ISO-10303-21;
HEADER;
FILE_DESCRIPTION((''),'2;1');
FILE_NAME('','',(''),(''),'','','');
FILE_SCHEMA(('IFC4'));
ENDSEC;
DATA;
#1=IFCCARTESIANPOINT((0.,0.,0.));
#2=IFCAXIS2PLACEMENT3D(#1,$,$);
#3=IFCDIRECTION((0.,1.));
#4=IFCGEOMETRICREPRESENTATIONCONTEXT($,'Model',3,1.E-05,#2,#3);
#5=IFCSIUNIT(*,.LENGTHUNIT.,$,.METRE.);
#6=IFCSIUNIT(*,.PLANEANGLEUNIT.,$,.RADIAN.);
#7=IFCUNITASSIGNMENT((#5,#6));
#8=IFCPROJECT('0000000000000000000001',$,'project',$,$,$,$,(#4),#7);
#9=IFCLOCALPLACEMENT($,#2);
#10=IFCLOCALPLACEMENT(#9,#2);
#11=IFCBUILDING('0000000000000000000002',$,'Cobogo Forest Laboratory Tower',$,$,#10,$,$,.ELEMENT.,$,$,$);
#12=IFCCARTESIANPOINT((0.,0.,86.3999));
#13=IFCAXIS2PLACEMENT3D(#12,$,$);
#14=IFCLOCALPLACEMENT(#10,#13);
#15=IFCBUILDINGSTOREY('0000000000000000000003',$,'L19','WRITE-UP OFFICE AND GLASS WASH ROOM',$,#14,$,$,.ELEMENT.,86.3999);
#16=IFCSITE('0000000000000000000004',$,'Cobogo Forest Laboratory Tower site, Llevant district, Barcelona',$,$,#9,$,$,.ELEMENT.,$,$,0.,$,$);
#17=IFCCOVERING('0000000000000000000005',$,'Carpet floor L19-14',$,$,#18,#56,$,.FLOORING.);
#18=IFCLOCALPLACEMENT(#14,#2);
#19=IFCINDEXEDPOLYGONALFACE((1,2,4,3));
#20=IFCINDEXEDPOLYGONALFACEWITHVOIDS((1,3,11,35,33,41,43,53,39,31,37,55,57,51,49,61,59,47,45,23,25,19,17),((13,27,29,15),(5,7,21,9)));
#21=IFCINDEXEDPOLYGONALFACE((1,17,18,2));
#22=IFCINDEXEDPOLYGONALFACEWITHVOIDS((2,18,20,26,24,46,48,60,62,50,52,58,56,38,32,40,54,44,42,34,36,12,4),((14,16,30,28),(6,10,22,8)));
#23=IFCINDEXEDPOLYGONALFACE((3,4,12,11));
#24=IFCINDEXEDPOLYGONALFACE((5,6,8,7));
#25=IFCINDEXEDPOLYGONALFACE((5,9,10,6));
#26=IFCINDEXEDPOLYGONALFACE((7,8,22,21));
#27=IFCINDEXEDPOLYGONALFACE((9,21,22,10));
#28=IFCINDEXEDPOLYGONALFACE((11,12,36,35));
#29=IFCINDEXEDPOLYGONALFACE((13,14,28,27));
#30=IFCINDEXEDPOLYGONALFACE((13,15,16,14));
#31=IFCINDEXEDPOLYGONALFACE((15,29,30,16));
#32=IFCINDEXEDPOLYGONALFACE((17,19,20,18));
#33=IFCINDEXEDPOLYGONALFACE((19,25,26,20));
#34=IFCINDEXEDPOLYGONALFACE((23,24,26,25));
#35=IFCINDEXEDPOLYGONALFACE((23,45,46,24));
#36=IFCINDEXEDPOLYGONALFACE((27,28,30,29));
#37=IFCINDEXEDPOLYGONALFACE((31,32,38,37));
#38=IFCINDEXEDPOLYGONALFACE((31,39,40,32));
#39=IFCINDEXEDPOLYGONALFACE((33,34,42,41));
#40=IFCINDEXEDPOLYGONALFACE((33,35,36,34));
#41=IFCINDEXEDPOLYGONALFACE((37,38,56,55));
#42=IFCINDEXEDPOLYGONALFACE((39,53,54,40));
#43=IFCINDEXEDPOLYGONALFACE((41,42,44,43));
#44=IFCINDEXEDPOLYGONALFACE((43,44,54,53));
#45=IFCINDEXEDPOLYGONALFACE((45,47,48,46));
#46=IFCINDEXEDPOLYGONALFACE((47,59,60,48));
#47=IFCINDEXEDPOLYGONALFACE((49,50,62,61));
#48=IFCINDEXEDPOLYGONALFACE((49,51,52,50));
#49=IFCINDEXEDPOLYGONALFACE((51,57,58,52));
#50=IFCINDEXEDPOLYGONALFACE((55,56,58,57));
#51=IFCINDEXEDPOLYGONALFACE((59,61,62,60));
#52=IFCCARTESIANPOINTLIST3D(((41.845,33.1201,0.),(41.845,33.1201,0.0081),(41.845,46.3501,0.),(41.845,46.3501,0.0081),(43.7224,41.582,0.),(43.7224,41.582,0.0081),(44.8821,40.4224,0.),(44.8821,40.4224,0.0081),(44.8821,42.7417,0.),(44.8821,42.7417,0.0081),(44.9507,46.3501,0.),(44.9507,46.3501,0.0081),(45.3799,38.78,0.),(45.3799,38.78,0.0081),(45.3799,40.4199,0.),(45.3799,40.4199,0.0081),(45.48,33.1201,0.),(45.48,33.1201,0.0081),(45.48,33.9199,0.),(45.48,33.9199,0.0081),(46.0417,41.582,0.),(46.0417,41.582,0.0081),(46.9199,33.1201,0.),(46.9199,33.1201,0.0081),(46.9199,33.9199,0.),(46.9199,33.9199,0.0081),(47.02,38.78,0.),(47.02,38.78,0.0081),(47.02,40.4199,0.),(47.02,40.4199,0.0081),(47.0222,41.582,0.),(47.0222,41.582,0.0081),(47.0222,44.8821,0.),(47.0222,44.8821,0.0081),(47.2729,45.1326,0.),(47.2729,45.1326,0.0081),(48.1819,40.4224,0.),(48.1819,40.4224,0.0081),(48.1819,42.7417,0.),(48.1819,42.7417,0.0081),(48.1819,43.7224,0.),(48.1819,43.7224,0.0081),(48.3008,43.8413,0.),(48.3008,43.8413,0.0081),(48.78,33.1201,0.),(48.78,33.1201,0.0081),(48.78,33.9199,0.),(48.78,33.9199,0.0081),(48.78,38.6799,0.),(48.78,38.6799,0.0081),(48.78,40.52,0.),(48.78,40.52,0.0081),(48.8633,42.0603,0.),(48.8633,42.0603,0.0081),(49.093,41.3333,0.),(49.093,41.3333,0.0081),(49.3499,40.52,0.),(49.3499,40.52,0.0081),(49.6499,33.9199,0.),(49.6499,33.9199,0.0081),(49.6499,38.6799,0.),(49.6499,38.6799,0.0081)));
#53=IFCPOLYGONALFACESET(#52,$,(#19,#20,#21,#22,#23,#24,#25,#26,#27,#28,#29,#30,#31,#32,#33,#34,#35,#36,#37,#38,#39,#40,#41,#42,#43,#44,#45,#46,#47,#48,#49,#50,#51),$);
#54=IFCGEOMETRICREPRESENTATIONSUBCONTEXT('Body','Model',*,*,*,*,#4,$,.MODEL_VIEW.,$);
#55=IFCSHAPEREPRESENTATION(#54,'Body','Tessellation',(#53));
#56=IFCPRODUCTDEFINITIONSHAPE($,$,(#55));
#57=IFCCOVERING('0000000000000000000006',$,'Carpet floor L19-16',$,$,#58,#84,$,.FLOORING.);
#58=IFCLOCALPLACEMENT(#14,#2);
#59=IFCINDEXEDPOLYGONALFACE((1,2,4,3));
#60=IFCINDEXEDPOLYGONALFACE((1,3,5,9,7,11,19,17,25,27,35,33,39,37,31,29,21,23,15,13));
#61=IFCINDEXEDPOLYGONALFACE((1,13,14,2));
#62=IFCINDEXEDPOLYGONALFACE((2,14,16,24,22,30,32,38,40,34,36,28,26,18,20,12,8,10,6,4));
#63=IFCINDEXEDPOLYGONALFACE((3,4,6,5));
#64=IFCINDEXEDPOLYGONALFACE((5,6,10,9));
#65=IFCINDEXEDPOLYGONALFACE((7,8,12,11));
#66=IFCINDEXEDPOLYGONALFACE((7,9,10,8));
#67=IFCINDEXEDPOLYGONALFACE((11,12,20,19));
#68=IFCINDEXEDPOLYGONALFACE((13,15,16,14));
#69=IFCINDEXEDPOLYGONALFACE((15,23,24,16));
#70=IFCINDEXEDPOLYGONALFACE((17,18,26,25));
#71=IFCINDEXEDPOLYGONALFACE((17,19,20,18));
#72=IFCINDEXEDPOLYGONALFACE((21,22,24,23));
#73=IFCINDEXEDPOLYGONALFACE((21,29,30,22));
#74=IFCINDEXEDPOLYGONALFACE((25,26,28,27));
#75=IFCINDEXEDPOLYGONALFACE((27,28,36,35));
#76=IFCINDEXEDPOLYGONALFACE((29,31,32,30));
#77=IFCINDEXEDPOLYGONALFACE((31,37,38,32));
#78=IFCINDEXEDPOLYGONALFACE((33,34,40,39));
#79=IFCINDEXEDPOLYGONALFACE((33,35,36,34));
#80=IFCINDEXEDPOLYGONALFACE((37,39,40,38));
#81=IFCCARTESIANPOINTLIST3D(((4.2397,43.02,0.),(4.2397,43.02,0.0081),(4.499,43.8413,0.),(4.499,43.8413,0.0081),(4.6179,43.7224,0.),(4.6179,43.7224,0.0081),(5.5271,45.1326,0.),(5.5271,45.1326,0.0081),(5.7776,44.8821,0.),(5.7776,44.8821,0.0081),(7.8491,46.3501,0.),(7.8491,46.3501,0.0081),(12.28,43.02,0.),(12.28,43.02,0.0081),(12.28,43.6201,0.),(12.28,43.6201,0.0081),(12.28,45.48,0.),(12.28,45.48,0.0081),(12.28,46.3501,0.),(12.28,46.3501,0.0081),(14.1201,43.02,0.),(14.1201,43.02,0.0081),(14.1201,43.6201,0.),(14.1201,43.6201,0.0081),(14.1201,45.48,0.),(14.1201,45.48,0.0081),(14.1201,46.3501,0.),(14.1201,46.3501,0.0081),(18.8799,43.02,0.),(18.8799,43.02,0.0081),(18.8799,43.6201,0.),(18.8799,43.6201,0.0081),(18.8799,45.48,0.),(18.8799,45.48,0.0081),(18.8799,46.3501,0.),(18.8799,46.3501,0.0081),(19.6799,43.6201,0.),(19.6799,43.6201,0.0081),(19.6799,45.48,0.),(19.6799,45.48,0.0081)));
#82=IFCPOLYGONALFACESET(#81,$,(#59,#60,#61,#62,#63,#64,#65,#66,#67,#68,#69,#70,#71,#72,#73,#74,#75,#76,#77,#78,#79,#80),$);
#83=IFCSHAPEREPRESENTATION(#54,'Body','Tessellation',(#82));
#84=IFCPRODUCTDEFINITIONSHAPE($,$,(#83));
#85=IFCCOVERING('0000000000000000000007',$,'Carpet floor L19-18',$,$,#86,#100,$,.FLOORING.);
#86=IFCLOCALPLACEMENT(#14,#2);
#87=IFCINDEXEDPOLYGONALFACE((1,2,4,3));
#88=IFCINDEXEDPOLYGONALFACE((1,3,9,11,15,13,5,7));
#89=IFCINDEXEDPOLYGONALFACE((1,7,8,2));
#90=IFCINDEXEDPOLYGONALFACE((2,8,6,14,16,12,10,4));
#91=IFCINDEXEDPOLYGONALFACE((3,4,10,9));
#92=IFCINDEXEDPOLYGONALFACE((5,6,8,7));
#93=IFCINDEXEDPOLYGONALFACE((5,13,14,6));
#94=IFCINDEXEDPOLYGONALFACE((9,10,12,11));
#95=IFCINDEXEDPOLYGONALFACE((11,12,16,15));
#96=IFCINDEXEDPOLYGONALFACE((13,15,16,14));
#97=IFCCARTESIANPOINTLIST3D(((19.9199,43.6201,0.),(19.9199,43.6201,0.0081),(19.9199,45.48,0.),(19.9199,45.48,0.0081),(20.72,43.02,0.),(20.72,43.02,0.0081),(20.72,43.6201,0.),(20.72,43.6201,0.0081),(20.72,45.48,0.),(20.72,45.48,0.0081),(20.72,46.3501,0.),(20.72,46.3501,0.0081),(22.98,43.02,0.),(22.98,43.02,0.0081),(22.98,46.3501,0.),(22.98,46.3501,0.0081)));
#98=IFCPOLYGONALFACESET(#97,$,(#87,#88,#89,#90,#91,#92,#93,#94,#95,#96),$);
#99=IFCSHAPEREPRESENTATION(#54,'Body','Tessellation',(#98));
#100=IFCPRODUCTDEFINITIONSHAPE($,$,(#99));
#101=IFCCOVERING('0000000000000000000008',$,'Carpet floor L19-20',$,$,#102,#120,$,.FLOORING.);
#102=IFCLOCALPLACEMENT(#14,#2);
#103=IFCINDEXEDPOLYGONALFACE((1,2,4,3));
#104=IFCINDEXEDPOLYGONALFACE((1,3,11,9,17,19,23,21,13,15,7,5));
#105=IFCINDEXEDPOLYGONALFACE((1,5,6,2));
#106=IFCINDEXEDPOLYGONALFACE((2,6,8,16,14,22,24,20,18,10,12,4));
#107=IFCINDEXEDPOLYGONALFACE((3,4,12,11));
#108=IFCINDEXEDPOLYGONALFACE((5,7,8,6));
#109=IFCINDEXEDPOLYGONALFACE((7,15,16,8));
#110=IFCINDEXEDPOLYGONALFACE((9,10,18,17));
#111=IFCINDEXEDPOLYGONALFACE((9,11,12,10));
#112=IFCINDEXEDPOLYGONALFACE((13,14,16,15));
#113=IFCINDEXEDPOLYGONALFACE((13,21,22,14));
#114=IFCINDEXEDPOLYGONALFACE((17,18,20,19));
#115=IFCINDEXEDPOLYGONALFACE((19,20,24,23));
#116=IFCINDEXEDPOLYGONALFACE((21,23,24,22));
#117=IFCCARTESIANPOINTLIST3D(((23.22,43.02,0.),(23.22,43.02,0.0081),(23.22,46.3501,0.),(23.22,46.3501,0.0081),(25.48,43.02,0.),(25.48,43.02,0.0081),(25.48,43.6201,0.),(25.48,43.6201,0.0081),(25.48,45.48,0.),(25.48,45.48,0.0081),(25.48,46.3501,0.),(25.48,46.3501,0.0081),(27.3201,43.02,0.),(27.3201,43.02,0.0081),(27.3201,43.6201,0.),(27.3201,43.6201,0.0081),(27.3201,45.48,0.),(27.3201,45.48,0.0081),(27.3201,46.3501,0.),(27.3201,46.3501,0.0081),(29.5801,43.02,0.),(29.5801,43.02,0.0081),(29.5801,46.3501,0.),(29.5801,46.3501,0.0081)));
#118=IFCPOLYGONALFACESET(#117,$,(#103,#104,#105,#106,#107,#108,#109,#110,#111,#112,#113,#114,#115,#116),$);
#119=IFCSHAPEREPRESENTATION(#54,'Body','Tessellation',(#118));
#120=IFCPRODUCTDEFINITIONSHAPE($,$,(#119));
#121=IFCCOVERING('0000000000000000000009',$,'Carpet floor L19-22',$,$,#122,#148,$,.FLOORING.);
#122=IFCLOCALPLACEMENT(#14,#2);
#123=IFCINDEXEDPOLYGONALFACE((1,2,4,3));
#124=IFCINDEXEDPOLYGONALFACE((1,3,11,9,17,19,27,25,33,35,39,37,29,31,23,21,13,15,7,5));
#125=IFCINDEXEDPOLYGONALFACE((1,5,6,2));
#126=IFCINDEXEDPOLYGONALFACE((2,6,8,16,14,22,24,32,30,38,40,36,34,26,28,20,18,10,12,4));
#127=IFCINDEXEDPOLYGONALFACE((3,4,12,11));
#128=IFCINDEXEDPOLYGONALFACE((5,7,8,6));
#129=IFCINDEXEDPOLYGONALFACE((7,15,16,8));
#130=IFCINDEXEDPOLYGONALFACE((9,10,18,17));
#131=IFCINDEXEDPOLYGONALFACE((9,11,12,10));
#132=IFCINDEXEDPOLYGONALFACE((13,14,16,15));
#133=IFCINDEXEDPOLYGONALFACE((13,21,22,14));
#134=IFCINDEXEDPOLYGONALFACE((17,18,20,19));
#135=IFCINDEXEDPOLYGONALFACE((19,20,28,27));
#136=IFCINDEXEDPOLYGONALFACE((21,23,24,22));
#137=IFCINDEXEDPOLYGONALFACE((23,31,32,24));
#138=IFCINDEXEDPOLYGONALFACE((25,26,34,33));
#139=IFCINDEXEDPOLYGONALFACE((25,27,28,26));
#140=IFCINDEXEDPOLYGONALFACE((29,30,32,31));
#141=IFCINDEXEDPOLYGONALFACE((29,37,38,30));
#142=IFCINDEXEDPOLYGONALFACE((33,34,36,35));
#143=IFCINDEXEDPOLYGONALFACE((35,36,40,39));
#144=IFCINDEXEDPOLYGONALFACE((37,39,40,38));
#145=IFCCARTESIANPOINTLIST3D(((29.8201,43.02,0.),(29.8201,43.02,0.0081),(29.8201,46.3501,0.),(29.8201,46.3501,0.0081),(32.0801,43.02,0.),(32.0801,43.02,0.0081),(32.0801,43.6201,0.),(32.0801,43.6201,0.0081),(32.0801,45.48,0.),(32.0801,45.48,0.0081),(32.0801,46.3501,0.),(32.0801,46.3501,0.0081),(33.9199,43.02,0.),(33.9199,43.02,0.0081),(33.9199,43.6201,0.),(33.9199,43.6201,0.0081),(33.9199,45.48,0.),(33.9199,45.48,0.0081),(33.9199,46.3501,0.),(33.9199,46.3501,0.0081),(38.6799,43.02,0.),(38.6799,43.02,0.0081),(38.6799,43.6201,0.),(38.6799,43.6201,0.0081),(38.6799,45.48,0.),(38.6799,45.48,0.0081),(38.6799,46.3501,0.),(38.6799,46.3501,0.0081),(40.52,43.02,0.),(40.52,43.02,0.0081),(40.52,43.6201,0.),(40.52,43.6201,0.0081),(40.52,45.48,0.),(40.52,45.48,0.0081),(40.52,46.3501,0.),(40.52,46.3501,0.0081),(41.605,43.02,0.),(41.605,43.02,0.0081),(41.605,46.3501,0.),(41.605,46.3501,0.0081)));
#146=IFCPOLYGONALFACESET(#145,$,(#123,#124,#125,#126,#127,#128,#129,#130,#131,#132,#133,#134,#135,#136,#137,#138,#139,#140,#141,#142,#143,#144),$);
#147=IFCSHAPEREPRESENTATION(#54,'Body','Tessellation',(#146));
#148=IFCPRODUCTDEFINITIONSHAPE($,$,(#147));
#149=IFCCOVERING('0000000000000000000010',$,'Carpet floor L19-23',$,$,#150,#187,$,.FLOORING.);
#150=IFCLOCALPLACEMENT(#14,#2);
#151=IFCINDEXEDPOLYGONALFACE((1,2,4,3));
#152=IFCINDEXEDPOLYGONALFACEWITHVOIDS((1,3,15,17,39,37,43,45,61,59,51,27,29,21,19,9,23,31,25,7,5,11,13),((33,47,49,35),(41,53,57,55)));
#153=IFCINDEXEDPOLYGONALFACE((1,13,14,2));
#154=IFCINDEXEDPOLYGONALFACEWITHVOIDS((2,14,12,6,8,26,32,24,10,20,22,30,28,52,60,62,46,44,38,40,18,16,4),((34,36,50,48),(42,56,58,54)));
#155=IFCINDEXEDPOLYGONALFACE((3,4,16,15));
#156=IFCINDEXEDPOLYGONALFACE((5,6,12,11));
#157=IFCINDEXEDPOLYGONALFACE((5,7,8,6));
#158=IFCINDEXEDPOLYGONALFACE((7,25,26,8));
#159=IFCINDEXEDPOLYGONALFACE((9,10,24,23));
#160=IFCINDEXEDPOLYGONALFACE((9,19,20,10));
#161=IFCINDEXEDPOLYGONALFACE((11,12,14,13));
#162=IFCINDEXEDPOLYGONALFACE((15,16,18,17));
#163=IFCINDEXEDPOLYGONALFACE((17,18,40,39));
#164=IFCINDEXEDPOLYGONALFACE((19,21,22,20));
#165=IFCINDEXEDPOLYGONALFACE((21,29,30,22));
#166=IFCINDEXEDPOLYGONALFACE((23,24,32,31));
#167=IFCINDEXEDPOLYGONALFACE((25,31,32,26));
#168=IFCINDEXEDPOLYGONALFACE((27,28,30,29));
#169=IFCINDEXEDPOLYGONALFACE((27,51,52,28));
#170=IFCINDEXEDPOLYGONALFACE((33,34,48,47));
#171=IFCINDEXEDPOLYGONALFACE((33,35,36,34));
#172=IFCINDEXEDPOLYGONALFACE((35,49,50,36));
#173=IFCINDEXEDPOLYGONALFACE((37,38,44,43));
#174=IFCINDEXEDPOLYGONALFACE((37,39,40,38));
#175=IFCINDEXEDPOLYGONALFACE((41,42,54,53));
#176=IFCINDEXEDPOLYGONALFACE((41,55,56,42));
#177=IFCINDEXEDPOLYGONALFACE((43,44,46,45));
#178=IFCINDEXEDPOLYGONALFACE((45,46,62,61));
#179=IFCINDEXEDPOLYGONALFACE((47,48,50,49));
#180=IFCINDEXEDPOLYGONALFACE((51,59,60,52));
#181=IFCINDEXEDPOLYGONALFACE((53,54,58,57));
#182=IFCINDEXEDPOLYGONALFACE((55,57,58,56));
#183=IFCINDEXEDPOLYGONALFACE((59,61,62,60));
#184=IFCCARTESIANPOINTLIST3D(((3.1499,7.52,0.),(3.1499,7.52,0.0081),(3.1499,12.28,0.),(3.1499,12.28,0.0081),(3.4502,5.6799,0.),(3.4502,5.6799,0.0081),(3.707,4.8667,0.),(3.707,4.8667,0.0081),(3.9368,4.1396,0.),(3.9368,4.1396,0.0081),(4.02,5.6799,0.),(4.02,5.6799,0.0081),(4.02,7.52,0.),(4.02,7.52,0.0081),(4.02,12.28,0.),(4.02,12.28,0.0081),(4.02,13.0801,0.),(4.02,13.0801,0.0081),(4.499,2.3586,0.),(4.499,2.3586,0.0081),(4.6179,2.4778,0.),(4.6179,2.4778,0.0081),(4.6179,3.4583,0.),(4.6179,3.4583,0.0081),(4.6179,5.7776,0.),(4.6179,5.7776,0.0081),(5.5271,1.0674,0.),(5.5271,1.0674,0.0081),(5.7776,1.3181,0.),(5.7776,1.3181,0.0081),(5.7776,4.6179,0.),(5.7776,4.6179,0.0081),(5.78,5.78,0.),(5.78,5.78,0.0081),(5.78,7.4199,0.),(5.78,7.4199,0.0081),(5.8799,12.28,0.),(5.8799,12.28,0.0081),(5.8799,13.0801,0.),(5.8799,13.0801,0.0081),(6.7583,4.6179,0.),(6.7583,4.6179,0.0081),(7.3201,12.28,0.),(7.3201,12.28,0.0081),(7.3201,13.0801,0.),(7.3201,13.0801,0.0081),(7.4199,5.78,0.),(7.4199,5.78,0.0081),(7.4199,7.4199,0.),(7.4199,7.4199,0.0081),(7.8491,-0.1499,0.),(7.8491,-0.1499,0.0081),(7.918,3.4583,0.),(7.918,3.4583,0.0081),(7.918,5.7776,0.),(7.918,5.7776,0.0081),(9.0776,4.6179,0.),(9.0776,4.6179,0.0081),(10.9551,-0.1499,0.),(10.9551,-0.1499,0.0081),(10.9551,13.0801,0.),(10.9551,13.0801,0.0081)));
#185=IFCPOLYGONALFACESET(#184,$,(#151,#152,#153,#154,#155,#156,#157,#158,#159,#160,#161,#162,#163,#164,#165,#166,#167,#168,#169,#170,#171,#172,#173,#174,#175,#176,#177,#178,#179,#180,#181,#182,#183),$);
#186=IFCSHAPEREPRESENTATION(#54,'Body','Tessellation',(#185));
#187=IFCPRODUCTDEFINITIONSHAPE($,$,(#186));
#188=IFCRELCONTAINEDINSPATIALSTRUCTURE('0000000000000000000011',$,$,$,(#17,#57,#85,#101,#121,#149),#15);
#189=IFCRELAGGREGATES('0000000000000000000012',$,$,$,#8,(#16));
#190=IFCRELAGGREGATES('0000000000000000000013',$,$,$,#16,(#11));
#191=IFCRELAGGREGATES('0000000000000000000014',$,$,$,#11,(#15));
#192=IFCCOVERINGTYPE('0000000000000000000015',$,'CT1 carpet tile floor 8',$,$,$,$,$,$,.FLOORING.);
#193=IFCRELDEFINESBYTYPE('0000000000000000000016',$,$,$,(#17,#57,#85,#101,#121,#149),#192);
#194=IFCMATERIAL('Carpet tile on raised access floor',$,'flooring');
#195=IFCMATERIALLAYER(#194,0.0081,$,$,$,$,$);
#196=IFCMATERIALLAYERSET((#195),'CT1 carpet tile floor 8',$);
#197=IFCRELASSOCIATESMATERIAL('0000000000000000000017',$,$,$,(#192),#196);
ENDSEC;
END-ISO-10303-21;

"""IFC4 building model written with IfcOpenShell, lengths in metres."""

from ifc_helpers import new_model, si_unit, direction, frame, origin, place, context, subcontext, project, spatial, polyline, outline, extrude, material, layer, layer_set, type_object, element, save


model = new_model("IFC4")

# Units and contexts
model_context = context("Model", 3, precision=1e-05, world=origin(), true_north=direction((0.0, 1.0)))
body_context = subcontext(model_context, "Body", "Model", "MODEL_VIEW")
ifc_project = project(units=[si_unit("LENGTHUNIT", "METRE"), si_unit("PLANEANGLEUNIT", "RADIAN")], contexts=[model_context])

# Site, building, storey
site_placement = place(None, origin())
site = spatial("IfcSite", under=ifc_project, at=site_placement, Name="Cobogo Forest Laboratory Tower site, Llevant district, Barcelona", CompositionType="ELEMENT", RefElevation=0.0)
building_placement = place(site_placement, origin())
building = spatial("IfcBuilding", under=site, at=building_placement, Name="Cobogo Forest Laboratory Tower", CompositionType="ELEMENT")
storey_placement = place(building_placement, frame((0.0, 0.0, 86.3999)))
storey = spatial("IfcBuildingStorey", under=building, at=storey_placement, Name="L19", Description="WRITE-UP OFFICE AND GLASS WASH ROOM", CompositionType="ELEMENT", Elevation=86.3999)

# Coverings
ifc_material_1 = material(Name="Carpet tile on raised access floor", Category="flooring")
ifc_layer_1 = layer(ifc_material_1, 0.0081)
ifc_layer_set_1 = layer_set([ifc_layer_1], Name="CT1 carpet tile floor 8")
covering_type_1 = type_object("IfcCoveringType", Name="CT1 carpet tile floor 8", PredefinedType="FLOORING", material=ifc_layer_set_1)
covering_1_placement = place(storey_placement, origin())
element("IfcCovering", 1, at=covering_1_placement, inside=storey, type_object=covering_type_1, Name="Carpet floor L19-14", PredefinedType="FLOORING", context=body_context, shape_type="SweptSolid", body=[
    extrude(outline(polyline([(41.845, 46.3501), (44.9507, 46.3501), (47.2729, 45.1326), (47.0222, 44.8821), (48.1819, 43.7224), (48.3008, 43.8413), (48.8633, 42.0603), (48.1819, 42.7417), (47.0222, 41.582), (48.1819, 40.4224), (49.093, 41.3333), (49.3499, 40.52), (48.78, 40.52), (48.78, 38.6799), (49.6499, 38.6799), (49.6499, 33.9199), (48.78, 33.9199), (48.78, 33.1201), (46.9199, 33.1201), (46.9199, 33.9199), (45.48, 33.9199), (45.48, 33.1201), (41.845, 33.1201), (41.845, 46.3501)]), holes=[polyline([(45.3799, 40.4199), (45.3799, 38.78), (47.02, 38.78), (47.02, 40.4199), (45.3799, 40.4199)]), polyline([(43.7224, 41.582), (44.8821, 40.4224), (46.0417, 41.582), (44.8821, 42.7417), (43.7224, 41.582)])]), origin(), (0.0, 0.0, 1.0), 0.0081),
])
covering_2_placement = place(storey_placement, origin())
element("IfcCovering", 2, at=covering_2_placement, inside=storey, type_object=covering_type_1, Name="Carpet floor L19-16", PredefinedType="FLOORING", context=body_context, shape_type="SweptSolid", body=[
    extrude(outline(polyline([(14.1201, 43.02), (14.1201, 43.6201), (12.28, 43.6201), (12.28, 43.02), (4.2397, 43.02), (4.499, 43.8413), (4.6179, 43.7224), (5.7776, 44.8821), (5.5271, 45.1326), (7.8491, 46.3501), (12.28, 46.3501), (12.28, 45.48), (14.1201, 45.48), (14.1201, 46.3501), (18.8799, 46.3501), (18.8799, 45.48), (19.6799, 45.48), (19.6799, 43.6201), (18.8799, 43.6201), (18.8799, 43.02), (14.1201, 43.02)])), origin(), (0.0, 0.0, 1.0), 0.0081),
])
covering_3_placement = place(storey_placement, origin())
element("IfcCovering", 3, at=covering_3_placement, inside=storey, type_object=covering_type_1, Name="Carpet floor L19-18", PredefinedType="FLOORING", context=body_context, shape_type="SweptSolid", body=[
    extrude(outline(polyline([(20.72, 43.02), (20.72, 43.6201), (19.9199, 43.6201), (19.9199, 45.48), (20.72, 45.48), (20.72, 46.3501), (22.98, 46.3501), (22.98, 43.02), (20.72, 43.02)])), origin(), (0.0, 0.0, 1.0), 0.0081),
])
covering_4_placement = place(storey_placement, origin())
element("IfcCovering", 4, at=covering_4_placement, inside=storey, type_object=covering_type_1, Name="Carpet floor L19-20", PredefinedType="FLOORING", context=body_context, shape_type="SweptSolid", body=[
    extrude(outline(polyline([(27.3201, 43.02), (27.3201, 43.6201), (25.48, 43.6201), (25.48, 43.02), (23.22, 43.02), (23.22, 46.3501), (25.48, 46.3501), (25.48, 45.48), (27.3201, 45.48), (27.3201, 46.3501), (29.5801, 46.3501), (29.5801, 43.02), (27.3201, 43.02)])), origin(), (0.0, 0.0, 1.0), 0.0081),
])
covering_5_placement = place(storey_placement, origin())
element("IfcCovering", 5, at=covering_5_placement, inside=storey, type_object=covering_type_1, Name="Carpet floor L19-22", PredefinedType="FLOORING", context=body_context, shape_type="SweptSolid", body=[
    extrude(outline(polyline([(40.52, 43.02), (40.52, 43.6201), (38.6799, 43.6201), (38.6799, 43.02), (33.9199, 43.02), (33.9199, 43.6201), (32.0801, 43.6201), (32.0801, 43.02), (29.8201, 43.02), (29.8201, 46.3501), (32.0801, 46.3501), (32.0801, 45.48), (33.9199, 45.48), (33.9199, 46.3501), (38.6799, 46.3501), (38.6799, 45.48), (40.52, 45.48), (40.52, 46.3501), (41.605, 46.3501), (41.605, 43.02), (40.52, 43.02)])), origin(), (0.0, 0.0, 1.0), 0.0081),
])
covering_6_placement = place(storey_placement, origin())
element("IfcCovering", 6, at=covering_6_placement, inside=storey, type_object=covering_type_1, Name="Carpet floor L19-23", PredefinedType="FLOORING", context=body_context, shape_type="SweptSolid", body=[
    extrude(outline(polyline([(10.9551, -0.1499), (7.8491, -0.1499), (5.5271, 1.0674), (5.7776, 1.3181), (4.6179, 2.4778), (4.499, 2.3586), (3.9368, 4.1396), (4.6179, 3.4583), (5.7776, 4.6179), (4.6179, 5.7776), (3.707, 4.8667), (3.4502, 5.6799), (4.02, 5.6799), (4.02, 7.52), (3.1499, 7.52), (3.1499, 12.28), (4.02, 12.28), (4.02, 13.0801), (5.8799, 13.0801), (5.8799, 12.28), (7.3201, 12.28), (7.3201, 13.0801), (10.9551, 13.0801), (10.9551, -0.1499)]), holes=[polyline([(6.7583, 4.6179), (7.918, 3.4583), (9.0776, 4.6179), (7.918, 5.7776), (6.7583, 4.6179)]), polyline([(5.78, 7.4199), (5.78, 5.78), (7.4199, 5.78), (7.4199, 7.4199), (5.78, 7.4199)])]), origin(), (0.0, 0.0, 1.0), 0.0081),
])

save(model, "model.ifc")
